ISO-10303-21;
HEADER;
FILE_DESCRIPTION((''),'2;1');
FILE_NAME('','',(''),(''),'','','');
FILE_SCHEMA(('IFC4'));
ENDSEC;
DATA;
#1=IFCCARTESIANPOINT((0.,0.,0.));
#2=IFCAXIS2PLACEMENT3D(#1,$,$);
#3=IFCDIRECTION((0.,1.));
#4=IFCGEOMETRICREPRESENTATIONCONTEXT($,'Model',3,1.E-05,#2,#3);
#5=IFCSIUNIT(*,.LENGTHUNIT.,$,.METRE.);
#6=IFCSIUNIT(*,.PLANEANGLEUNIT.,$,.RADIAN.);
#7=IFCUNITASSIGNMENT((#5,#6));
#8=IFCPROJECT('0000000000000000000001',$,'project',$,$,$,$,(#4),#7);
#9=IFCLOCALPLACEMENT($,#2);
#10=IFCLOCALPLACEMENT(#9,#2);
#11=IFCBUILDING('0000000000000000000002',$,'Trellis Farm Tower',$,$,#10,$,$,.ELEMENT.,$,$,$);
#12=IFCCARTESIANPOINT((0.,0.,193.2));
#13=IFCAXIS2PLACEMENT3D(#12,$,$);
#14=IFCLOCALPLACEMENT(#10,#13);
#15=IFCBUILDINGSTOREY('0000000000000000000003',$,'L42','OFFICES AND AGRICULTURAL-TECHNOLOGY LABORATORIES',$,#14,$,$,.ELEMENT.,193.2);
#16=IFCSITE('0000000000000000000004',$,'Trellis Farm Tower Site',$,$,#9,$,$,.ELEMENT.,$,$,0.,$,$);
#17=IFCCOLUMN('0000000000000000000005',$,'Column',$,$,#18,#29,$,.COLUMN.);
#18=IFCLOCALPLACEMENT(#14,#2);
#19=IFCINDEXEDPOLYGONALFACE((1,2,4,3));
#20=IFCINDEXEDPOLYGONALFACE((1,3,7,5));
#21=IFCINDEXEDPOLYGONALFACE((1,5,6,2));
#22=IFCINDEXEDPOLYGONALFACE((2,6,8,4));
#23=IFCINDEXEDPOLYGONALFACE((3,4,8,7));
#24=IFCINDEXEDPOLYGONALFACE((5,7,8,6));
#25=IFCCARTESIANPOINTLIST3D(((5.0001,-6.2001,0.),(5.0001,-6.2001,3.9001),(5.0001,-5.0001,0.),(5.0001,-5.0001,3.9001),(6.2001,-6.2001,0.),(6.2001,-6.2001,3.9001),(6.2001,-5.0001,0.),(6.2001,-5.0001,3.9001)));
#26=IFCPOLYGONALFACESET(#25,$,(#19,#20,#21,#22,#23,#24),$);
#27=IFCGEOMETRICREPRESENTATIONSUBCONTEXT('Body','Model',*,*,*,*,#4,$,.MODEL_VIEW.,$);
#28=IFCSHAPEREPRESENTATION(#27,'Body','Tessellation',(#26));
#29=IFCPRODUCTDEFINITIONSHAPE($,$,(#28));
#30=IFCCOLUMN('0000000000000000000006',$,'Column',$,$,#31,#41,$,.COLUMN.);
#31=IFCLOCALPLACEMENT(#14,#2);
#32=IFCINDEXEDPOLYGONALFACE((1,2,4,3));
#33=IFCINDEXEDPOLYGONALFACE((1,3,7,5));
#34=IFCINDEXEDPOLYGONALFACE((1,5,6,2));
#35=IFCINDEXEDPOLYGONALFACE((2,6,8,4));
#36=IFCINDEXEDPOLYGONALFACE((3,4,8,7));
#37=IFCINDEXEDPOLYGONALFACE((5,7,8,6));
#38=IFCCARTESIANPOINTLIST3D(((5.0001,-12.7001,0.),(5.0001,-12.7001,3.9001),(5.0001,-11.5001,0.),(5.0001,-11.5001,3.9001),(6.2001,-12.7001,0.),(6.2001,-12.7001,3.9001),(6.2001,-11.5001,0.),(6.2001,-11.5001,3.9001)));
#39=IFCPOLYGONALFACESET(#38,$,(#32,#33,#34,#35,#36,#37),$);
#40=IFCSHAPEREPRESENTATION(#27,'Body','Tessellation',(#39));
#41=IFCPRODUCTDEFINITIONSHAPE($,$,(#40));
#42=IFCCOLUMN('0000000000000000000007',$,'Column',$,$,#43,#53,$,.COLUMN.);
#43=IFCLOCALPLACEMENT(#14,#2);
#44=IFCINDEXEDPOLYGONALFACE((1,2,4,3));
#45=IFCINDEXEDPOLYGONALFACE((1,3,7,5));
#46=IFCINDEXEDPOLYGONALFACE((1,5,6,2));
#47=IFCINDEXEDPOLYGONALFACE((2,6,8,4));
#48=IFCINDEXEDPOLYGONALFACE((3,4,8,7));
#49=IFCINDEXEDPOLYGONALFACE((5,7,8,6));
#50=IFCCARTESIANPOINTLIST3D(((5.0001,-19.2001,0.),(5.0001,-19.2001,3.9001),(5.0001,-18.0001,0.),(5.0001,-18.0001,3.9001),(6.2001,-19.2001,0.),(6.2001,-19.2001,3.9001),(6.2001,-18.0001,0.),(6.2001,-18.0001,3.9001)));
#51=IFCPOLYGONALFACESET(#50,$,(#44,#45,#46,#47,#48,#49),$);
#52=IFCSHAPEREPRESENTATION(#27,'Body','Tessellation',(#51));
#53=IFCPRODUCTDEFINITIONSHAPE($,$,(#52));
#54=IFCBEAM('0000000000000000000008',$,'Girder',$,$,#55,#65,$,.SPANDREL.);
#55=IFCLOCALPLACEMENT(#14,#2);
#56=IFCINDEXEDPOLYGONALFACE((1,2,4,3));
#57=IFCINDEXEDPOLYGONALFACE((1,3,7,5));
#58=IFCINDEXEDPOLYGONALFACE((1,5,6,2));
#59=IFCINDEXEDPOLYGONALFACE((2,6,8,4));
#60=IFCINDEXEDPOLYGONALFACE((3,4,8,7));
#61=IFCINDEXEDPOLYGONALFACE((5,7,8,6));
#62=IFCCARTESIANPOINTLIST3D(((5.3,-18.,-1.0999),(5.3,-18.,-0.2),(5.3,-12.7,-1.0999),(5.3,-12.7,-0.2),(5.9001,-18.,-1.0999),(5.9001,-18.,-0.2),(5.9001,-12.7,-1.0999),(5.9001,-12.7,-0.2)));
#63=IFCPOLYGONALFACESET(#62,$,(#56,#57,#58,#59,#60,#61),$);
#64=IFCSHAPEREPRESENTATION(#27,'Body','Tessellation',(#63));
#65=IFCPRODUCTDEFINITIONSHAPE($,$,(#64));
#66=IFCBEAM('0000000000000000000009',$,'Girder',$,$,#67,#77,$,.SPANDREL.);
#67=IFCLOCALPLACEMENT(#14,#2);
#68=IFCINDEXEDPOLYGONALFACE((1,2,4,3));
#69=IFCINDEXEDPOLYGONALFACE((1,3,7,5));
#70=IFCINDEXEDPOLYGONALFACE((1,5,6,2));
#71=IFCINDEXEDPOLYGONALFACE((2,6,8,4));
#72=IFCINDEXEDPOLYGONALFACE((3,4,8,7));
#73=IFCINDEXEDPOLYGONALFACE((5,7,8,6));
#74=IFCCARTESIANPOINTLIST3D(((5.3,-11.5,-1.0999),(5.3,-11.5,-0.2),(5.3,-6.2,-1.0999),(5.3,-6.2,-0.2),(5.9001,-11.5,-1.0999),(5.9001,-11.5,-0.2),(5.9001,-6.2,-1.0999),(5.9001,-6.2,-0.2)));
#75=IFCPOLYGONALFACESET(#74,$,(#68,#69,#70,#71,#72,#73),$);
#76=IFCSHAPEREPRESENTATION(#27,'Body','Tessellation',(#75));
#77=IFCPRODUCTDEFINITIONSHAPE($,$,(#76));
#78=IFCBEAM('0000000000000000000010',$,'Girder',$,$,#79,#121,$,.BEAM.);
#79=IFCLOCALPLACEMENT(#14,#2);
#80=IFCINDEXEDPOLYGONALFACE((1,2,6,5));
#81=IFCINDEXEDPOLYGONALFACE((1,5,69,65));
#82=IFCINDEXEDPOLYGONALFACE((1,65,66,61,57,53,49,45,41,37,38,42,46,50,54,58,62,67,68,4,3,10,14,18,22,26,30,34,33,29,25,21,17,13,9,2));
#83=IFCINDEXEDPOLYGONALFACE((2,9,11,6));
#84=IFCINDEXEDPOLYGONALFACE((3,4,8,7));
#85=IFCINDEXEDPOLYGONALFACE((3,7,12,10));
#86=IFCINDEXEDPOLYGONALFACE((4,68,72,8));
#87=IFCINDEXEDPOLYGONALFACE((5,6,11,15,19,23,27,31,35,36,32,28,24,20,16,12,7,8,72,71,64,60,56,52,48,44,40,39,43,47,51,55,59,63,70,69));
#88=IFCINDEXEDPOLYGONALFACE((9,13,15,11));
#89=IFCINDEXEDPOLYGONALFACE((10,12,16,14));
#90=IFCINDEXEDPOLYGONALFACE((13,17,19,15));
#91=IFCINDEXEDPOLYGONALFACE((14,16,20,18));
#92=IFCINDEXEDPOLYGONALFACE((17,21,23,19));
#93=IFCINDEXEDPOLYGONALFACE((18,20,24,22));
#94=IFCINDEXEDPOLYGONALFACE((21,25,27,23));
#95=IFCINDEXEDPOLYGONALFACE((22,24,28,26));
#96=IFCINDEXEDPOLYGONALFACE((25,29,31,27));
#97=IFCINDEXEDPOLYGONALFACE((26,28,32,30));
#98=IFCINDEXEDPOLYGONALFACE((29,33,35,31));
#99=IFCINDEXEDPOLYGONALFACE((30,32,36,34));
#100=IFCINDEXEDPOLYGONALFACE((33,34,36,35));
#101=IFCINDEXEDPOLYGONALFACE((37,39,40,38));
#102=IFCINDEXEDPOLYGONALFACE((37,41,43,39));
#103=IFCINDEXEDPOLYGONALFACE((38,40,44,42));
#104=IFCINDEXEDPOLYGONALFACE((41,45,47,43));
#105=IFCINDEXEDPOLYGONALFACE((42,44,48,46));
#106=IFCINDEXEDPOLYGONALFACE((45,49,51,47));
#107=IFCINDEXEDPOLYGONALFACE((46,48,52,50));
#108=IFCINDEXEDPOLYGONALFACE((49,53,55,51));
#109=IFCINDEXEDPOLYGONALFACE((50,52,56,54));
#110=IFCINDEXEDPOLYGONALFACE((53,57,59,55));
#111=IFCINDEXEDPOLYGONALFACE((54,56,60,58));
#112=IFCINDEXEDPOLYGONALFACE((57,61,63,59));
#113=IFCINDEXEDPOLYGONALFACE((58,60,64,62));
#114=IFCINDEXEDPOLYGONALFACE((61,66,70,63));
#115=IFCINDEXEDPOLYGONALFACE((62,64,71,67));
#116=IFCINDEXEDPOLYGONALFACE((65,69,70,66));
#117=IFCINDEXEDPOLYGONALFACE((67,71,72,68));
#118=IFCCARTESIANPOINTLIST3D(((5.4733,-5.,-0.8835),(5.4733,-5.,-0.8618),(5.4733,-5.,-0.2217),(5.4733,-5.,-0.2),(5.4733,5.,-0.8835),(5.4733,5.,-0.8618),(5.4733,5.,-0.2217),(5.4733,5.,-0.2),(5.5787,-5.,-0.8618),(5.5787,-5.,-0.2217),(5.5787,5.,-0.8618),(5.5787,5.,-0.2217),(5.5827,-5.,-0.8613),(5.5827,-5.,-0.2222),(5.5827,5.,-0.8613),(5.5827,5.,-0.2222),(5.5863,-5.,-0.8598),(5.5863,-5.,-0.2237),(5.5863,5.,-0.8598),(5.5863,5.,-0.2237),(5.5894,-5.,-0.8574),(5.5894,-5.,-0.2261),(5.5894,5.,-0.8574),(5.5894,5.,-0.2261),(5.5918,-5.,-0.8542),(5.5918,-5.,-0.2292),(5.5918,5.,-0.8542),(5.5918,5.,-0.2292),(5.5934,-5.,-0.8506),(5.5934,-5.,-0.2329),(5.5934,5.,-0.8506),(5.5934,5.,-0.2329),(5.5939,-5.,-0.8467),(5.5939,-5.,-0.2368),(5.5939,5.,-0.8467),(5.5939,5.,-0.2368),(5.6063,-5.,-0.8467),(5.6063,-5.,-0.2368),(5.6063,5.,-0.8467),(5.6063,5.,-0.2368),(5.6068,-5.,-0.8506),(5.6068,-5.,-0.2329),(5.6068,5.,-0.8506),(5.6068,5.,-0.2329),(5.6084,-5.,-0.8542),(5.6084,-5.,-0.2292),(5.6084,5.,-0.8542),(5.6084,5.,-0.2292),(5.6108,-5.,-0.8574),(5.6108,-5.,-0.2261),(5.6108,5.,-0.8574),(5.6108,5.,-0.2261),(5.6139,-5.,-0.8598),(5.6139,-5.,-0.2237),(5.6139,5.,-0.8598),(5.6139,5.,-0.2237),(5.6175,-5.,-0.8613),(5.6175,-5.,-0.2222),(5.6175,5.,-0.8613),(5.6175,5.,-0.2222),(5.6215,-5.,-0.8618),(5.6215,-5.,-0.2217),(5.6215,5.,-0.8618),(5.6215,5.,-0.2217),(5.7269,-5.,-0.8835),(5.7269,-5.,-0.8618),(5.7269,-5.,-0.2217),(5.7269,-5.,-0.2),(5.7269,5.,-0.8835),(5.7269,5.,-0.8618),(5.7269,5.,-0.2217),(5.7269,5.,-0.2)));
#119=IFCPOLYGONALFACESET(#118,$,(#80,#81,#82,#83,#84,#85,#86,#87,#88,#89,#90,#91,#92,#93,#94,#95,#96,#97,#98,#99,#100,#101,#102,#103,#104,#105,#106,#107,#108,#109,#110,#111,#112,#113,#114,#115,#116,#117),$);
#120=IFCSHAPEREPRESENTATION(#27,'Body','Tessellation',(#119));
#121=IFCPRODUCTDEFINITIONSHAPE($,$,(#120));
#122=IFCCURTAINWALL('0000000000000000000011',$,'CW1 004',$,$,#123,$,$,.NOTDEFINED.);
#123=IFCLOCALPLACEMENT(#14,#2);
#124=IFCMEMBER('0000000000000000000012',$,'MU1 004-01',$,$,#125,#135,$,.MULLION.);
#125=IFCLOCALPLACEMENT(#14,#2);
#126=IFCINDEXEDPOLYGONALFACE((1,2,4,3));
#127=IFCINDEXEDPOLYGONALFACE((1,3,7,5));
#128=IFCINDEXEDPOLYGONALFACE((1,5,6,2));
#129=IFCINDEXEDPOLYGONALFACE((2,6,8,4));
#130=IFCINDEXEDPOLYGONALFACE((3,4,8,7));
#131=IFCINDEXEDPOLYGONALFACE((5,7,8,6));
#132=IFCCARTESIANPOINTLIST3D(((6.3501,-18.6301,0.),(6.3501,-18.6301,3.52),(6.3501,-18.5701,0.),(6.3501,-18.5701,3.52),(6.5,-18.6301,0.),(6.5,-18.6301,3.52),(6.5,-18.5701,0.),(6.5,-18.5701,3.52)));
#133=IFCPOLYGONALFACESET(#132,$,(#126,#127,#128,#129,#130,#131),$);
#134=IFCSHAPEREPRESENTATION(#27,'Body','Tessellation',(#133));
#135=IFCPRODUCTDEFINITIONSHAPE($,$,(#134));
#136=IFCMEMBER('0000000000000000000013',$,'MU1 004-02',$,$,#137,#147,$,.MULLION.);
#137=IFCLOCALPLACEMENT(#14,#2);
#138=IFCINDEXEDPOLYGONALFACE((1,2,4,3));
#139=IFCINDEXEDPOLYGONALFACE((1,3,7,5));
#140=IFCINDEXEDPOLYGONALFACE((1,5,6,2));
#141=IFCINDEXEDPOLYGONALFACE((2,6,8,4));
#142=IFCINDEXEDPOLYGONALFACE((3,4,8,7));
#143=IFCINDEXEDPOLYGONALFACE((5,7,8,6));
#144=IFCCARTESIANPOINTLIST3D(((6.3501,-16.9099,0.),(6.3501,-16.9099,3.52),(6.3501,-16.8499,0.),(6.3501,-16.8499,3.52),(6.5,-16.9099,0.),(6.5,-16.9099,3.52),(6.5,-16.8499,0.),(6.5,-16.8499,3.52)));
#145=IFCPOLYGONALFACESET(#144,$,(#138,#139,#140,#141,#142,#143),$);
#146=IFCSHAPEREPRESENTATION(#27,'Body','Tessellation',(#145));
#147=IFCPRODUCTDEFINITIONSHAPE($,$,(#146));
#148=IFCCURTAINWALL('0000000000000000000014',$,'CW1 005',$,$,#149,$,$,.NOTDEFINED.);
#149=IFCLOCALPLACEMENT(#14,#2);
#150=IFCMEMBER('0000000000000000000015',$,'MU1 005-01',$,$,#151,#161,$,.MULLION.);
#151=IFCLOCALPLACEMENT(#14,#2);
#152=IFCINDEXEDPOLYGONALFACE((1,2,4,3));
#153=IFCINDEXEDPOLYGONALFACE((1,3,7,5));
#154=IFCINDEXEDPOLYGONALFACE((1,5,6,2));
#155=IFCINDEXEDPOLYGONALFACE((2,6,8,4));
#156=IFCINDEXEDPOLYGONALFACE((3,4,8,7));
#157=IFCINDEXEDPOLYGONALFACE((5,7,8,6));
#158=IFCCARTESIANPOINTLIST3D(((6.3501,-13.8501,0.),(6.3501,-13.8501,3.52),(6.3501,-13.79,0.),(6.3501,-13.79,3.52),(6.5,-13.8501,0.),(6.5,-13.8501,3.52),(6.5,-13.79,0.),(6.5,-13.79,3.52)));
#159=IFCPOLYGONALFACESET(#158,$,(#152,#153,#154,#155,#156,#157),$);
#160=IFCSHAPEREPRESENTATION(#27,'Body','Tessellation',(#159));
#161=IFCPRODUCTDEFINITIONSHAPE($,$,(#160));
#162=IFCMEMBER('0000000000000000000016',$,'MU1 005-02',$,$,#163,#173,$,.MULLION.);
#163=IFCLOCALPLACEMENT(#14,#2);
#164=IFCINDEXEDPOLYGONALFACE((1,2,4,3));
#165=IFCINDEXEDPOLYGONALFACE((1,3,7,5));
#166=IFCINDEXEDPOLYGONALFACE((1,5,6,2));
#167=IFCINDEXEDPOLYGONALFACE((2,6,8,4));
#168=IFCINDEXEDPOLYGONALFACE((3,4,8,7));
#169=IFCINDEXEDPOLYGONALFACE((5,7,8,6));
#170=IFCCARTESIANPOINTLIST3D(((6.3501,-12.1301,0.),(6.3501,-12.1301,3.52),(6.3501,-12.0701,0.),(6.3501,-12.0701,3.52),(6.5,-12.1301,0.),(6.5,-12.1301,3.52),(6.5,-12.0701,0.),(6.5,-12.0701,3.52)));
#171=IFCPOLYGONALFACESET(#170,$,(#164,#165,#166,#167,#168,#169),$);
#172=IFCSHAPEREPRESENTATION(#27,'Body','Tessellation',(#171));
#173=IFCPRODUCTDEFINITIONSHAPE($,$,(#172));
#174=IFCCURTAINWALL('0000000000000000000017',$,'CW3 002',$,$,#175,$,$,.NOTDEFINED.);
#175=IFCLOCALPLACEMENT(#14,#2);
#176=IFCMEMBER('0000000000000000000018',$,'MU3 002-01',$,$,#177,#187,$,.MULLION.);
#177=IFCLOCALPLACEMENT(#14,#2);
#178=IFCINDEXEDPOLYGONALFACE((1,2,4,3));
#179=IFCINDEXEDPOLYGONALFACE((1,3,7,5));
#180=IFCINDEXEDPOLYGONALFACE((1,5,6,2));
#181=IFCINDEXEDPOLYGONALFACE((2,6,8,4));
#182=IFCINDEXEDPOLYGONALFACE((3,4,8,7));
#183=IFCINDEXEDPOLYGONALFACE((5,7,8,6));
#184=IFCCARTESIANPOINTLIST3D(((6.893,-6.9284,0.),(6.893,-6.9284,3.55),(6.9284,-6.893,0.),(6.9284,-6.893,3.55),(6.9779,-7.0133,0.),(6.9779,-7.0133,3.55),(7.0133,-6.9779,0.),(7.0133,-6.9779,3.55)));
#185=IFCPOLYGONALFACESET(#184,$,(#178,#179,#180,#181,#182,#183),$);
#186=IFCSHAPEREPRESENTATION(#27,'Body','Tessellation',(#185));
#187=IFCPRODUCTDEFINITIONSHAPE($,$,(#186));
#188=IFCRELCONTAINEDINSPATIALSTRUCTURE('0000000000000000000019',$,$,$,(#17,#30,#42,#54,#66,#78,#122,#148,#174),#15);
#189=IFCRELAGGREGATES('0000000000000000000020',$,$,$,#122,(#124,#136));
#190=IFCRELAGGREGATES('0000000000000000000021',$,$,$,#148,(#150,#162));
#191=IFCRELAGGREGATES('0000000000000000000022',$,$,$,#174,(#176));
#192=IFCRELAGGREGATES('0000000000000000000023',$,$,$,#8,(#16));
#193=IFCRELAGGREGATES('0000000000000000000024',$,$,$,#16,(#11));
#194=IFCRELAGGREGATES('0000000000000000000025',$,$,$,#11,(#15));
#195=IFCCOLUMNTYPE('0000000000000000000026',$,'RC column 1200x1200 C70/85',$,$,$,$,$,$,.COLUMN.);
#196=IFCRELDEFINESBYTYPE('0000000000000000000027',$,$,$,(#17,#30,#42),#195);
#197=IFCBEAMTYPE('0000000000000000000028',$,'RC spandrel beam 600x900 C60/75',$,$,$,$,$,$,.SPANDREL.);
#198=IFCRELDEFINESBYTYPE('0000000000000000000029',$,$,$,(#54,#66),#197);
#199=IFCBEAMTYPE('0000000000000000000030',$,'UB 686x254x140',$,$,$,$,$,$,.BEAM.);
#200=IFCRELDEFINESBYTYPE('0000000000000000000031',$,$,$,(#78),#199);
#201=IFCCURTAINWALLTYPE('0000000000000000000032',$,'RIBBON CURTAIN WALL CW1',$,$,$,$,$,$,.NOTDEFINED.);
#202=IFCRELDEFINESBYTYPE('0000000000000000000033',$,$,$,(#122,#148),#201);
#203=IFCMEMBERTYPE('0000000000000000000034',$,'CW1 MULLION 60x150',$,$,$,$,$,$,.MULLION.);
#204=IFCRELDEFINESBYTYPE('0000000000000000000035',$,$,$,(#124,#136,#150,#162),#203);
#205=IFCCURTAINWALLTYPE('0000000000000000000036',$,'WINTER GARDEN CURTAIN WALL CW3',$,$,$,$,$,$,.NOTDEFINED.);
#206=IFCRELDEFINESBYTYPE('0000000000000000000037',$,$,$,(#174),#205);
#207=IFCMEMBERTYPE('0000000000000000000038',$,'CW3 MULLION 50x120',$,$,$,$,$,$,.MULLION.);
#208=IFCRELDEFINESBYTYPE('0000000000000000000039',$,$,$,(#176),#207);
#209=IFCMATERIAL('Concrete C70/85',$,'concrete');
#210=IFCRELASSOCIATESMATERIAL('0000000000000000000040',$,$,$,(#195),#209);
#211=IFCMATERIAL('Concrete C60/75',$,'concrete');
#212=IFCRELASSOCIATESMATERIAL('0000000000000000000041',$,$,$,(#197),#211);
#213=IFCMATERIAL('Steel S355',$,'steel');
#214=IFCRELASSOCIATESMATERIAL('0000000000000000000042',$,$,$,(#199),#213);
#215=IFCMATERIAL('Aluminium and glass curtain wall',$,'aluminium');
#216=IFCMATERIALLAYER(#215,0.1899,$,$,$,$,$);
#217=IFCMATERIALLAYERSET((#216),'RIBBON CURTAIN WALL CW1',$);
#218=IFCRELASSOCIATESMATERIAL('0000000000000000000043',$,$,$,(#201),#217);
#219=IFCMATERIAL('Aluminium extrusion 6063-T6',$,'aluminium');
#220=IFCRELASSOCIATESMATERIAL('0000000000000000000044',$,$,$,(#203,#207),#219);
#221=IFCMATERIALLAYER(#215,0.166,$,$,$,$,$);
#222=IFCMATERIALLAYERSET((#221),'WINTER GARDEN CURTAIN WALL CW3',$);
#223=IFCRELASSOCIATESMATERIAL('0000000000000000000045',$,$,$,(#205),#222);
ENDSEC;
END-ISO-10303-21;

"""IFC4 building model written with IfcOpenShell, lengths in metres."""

from ifc_helpers import new_model, si_unit, direction, frame, origin, origin_2d, place, context, subcontext, project, spatial, rectangle, i_section, extrude, source, transform, mapped, material, layer, layer_set, material_profile, profile_set, type_object, element, aggregate, save


model = new_model("IFC4")

# Units and contexts
model_context = context("Model", 3, precision=1e-05, world=origin(), true_north=direction((0.0, 1.0)))
body_context = subcontext(model_context, "Body", "Model", "MODEL_VIEW")
ifc_project = project(units=[si_unit("LENGTHUNIT", "METRE"), si_unit("PLANEANGLEUNIT", "RADIAN")], contexts=[model_context])

# Site, building, storey
site_placement = place(None, origin())
site = spatial("IfcSite", under=ifc_project, at=site_placement, Name="Trellis Farm Tower Site", CompositionType="ELEMENT", RefElevation=0.0)
building_placement = place(site_placement, origin())
building = spatial("IfcBuilding", under=site, at=building_placement, Name="Trellis Farm Tower", CompositionType="ELEMENT")
storey_placement = place(building_placement, frame((0.0, 0.0, 193.2)))
storey = spatial("IfcBuildingStorey", under=building, at=storey_placement, Name="L42", Description="OFFICES AND AGRICULTURAL-TECHNOLOGY LABORATORIES", CompositionType="ELEMENT", Elevation=193.2)

# Columns
ifc_material_1 = material(Name="Concrete C70/85", Category="concrete")
ifc_material_profile_1 = material_profile(ifc_material_1, rectangle(XDim=1.2, YDim=1.2, at=origin_2d()), Name="RC column 1200x1200 C70/85")
ifc_profile_set_1 = profile_set([ifc_material_profile_1], Name="Concrete C70/85")
column_type = type_object("IfcColumnType", Name="RC column 1200x1200 C70/85", PredefinedType="COLUMN", material=ifc_profile_set_1)
shared_shape_1 = source(origin(), body_context, "Body", "SweptSolid", [
    extrude(rectangle(XDim=1.2, YDim=1.2, at=origin_2d()), origin(), (0.0, 0.0, 1.0), 3.9001),
])
for number, where, z_axis, x_axis, name in (
    (1, (5.6001, -5.6001, 0.0), (0.0, 0.0, 1.0), (1.0, 0.0, 0.0), "Column"),
    (2, (5.6001, -12.1001, 0.0), (0.0, 0.0, 1.0), (1.0, 0.0, 0.0), "Column"),
    (3, (5.6001, -18.6001, 0.0), (0.0, 0.0, 1.0), (1.0, 0.0, 0.0), "Column"),
):
    element("IfcColumn", number, at=place(storey_placement, frame(where, z_axis=z_axis, x_axis=x_axis)), inside=storey, type_object=column_type, Name=name, PredefinedType="COLUMN", context=body_context, shape_type="MappedRepresentation", body=[
        mapped(shared_shape_1, transform((0.0, 0.0, 0.0))),
    ])

# Beams
ifc_material_2 = material(Name="Concrete C60/75", Category="concrete")
ifc_material_profile_2 = material_profile(ifc_material_2, rectangle(XDim=0.6001, YDim=0.8999, at=origin_2d()), Name="RC spandrel beam 600x900 C60/75")
ifc_profile_set_2 = profile_set([ifc_material_profile_2], Name="Concrete C60/75")
beam_type_1 = type_object("IfcBeamType", Name="RC spandrel beam 600x900 C60/75", PredefinedType="SPANDREL", material=ifc_profile_set_2)
shared_shape_2 = source(origin(), body_context, "Body", "SweptSolid", [
    extrude(rectangle(XDim=0.6001, YDim=0.8999, at=origin_2d()), origin(), (0.0, 0.0, 1.0), 5.3),
])
for number, where, z_axis, x_axis, name in (
    (4, (5.6001, -18.0, -0.6499), (0.0, 1.0, 0.0), (-1.0, 0.0, 0.0), "Girder"),
    (5, (5.6001, -11.5, -0.6499), (0.0, 1.0, 0.0), (-1.0, 0.0, 0.0), "Girder"),
):
    element("IfcBeam", number, at=place(storey_placement, frame(where, z_axis=z_axis, x_axis=x_axis)), inside=storey, type_object=beam_type_1, Name=name, PredefinedType="SPANDREL", context=body_context, shape_type="MappedRepresentation", body=[
        mapped(shared_shape_2, transform((0.0, 0.0, 0.0))),
    ])
ifc_material_3 = material(Name="Steel S355", Category="steel")
ifc_material_profile_3 = material_profile(ifc_material_3, i_section(OverallWidth=0.2537, OverallDepth=0.6836, WebThickness=0.0125, FlangeThickness=0.0217, FilletRadius=0.0151, at=origin_2d()), Name="UB 686x254x140")
ifc_profile_set_3 = profile_set([ifc_material_profile_3], Name="Steel S355")
beam_type_2 = type_object("IfcBeamType", Name="UB 686x254x140", PredefinedType="BEAM", material=ifc_profile_set_3)
shared_shape_3 = source(origin(), body_context, "Body", "SweptSolid", [
    extrude(i_section(OverallWidth=0.2537, OverallDepth=0.6836, WebThickness=0.0125, FlangeThickness=0.0217, FilletRadius=0.0151, at=origin_2d()), origin(), (0.0, 0.0, 1.0), 10.0),
])
beam_placement = place(storey_placement, frame((5.6001, -5.0, -0.5417), z_axis=(0.0, 1.0, 0.0), x_axis=(-1.0, 0.0, 0.0)))
element("IfcBeam", 6, at=beam_placement, inside=storey, type_object=beam_type_2, Name="Girder", PredefinedType="BEAM", context=body_context, shape_type="MappedRepresentation", body=[
    mapped(shared_shape_3, transform((0.0, 0.0, 0.0))),
])

# Curtain walls, members
ifc_material_4 = material(Name="Aluminium and glass curtain wall", Category="aluminium")
ifc_layer_1 = layer(ifc_material_4, 0.1899)
ifc_layer_set_1 = layer_set([ifc_layer_1], Name="RIBBON CURTAIN WALL CW1")
curtain_wall_type_1 = type_object("IfcCurtainWallType", Name="RIBBON CURTAIN WALL CW1", PredefinedType="NOTDEFINED", material=ifc_layer_set_1)
placement = place(storey_placement, origin())
curtain_wall_1 = element("IfcCurtainWall", 7, at=placement, inside=storey, type_object=curtain_wall_type_1, Name="CW1 004", PredefinedType="NOTDEFINED")
ifc_material_5 = material(Name="Aluminium extrusion 6063-T6", Category="aluminium")
ifc_material_profile_4 = material_profile(ifc_material_5, rectangle(XDim=0.0601, YDim=0.1499, at=origin_2d()), Name="MULLION 60x150")
ifc_profile_set_4 = profile_set([ifc_material_profile_4], Name="Aluminium extrusion 6063-T6")
member_type_1 = type_object("IfcMemberType", Name="CW1 MULLION 60x150", PredefinedType="MULLION", material=ifc_profile_set_4)
shared_shape_4 = source(origin(), body_context, "Body", "SweptSolid", [
    extrude(rectangle(XDim=0.0601, YDim=0.1499, at=origin_2d()), origin(), (0.0, 0.0, 1.0), 3.52),
])
member_1_placement = place(storey_placement, frame((6.425, -18.6001, 0.0), z_axis=(0.0, 0.0, 1.0), x_axis=(0.0, 1.0, 0.0)))
member_1 = element("IfcMember", 8, at=member_1_placement, type_object=member_type_1, Name="MU1 004-01", PredefinedType="MULLION", context=body_context, shape_type="MappedRepresentation", body=[
    mapped(shared_shape_4, transform((0.0, 0.0, 0.0))),
])
member_2_placement = place(storey_placement, frame((6.425, -16.8799, 0.0), z_axis=(0.0, 0.0, 1.0), x_axis=(0.0, 1.0, 0.0)))
member_2 = element("IfcMember", 9, at=member_2_placement, type_object=member_type_1, Name="MU1 004-02", PredefinedType="MULLION", context=body_context, shape_type="MappedRepresentation", body=[
    mapped(shared_shape_4, transform((0.0, 0.0, 0.0))),
])
aggregate(curtain_wall_1, [member_1, member_2])
curtain_wall_2 = element("IfcCurtainWall", 10, at=placement, inside=storey, type_object=curtain_wall_type_1, Name="CW1 005", PredefinedType="NOTDEFINED")
member_3_placement = place(storey_placement, frame((6.425, -13.8201, 0.0), z_axis=(0.0, 0.0, 1.0), x_axis=(0.0, 1.0, 0.0)))
member_3 = element("IfcMember", 11, at=member_3_placement, type_object=member_type_1, Name="MU1 005-01", PredefinedType="MULLION", context=body_context, shape_type="MappedRepresentation", body=[
    mapped(shared_shape_4, transform((0.0, 0.0, 0.0))),
])
member_4_placement = place(storey_placement, frame((6.425, -12.1001, 0.0), z_axis=(0.0, 0.0, 1.0), x_axis=(0.0, 1.0, 0.0)))
member_4 = element("IfcMember", 12, at=member_4_placement, type_object=member_type_1, Name="MU1 005-02", PredefinedType="MULLION", context=body_context, shape_type="MappedRepresentation", body=[
    mapped(shared_shape_4, transform((0.0, 0.0, 0.0))),
])
aggregate(curtain_wall_2, [member_3, member_4])

# Curtain wall, member
ifc_layer_2 = layer(ifc_material_4, 0.166)
ifc_layer_set_2 = layer_set([ifc_layer_2], Name="WINTER GARDEN CURTAIN WALL CW3")
curtain_wall_type_2 = type_object("IfcCurtainWallType", Name="WINTER GARDEN CURTAIN WALL CW3", PredefinedType="NOTDEFINED", material=ifc_layer_set_2)
curtain_wall_3 = element("IfcCurtainWall", 13, at=placement, inside=storey, type_object=curtain_wall_type_2, Name="CW3 002", PredefinedType="NOTDEFINED")
ifc_material_profile_5 = material_profile(ifc_material_5, rectangle(XDim=0.05, YDim=0.1201, at=origin_2d()), Name="MULLION 50x120")
ifc_profile_set_5 = profile_set([ifc_material_profile_5], Name="Aluminium extrusion 6063-T6")
member_type_2 = type_object("IfcMemberType", Name="CW3 MULLION 50x120", PredefinedType="MULLION", material=ifc_profile_set_5)
shared_shape_5 = source(origin(), body_context, "Body", "SweptSolid", [
    extrude(rectangle(XDim=0.05, YDim=0.1201, at=origin_2d()), origin(), (0.0, 0.0, 1.0), 3.55),
])
member_5_placement = place(storey_placement, frame((6.9531, -6.9531, 0.0), z_axis=(0.0, 0.0, 1.0), x_axis=(0.707107, 0.707107, 0.0)))
member_5 = element("IfcMember", 14, at=member_5_placement, type_object=member_type_2, Name="MU3 002-01", PredefinedType="MULLION", context=body_context, shape_type="MappedRepresentation", body=[
    mapped(shared_shape_5, transform((0.0, 0.0, 0.0))),
])
aggregate(curtain_wall_3, [member_5])

save(model, "model.ifc")
